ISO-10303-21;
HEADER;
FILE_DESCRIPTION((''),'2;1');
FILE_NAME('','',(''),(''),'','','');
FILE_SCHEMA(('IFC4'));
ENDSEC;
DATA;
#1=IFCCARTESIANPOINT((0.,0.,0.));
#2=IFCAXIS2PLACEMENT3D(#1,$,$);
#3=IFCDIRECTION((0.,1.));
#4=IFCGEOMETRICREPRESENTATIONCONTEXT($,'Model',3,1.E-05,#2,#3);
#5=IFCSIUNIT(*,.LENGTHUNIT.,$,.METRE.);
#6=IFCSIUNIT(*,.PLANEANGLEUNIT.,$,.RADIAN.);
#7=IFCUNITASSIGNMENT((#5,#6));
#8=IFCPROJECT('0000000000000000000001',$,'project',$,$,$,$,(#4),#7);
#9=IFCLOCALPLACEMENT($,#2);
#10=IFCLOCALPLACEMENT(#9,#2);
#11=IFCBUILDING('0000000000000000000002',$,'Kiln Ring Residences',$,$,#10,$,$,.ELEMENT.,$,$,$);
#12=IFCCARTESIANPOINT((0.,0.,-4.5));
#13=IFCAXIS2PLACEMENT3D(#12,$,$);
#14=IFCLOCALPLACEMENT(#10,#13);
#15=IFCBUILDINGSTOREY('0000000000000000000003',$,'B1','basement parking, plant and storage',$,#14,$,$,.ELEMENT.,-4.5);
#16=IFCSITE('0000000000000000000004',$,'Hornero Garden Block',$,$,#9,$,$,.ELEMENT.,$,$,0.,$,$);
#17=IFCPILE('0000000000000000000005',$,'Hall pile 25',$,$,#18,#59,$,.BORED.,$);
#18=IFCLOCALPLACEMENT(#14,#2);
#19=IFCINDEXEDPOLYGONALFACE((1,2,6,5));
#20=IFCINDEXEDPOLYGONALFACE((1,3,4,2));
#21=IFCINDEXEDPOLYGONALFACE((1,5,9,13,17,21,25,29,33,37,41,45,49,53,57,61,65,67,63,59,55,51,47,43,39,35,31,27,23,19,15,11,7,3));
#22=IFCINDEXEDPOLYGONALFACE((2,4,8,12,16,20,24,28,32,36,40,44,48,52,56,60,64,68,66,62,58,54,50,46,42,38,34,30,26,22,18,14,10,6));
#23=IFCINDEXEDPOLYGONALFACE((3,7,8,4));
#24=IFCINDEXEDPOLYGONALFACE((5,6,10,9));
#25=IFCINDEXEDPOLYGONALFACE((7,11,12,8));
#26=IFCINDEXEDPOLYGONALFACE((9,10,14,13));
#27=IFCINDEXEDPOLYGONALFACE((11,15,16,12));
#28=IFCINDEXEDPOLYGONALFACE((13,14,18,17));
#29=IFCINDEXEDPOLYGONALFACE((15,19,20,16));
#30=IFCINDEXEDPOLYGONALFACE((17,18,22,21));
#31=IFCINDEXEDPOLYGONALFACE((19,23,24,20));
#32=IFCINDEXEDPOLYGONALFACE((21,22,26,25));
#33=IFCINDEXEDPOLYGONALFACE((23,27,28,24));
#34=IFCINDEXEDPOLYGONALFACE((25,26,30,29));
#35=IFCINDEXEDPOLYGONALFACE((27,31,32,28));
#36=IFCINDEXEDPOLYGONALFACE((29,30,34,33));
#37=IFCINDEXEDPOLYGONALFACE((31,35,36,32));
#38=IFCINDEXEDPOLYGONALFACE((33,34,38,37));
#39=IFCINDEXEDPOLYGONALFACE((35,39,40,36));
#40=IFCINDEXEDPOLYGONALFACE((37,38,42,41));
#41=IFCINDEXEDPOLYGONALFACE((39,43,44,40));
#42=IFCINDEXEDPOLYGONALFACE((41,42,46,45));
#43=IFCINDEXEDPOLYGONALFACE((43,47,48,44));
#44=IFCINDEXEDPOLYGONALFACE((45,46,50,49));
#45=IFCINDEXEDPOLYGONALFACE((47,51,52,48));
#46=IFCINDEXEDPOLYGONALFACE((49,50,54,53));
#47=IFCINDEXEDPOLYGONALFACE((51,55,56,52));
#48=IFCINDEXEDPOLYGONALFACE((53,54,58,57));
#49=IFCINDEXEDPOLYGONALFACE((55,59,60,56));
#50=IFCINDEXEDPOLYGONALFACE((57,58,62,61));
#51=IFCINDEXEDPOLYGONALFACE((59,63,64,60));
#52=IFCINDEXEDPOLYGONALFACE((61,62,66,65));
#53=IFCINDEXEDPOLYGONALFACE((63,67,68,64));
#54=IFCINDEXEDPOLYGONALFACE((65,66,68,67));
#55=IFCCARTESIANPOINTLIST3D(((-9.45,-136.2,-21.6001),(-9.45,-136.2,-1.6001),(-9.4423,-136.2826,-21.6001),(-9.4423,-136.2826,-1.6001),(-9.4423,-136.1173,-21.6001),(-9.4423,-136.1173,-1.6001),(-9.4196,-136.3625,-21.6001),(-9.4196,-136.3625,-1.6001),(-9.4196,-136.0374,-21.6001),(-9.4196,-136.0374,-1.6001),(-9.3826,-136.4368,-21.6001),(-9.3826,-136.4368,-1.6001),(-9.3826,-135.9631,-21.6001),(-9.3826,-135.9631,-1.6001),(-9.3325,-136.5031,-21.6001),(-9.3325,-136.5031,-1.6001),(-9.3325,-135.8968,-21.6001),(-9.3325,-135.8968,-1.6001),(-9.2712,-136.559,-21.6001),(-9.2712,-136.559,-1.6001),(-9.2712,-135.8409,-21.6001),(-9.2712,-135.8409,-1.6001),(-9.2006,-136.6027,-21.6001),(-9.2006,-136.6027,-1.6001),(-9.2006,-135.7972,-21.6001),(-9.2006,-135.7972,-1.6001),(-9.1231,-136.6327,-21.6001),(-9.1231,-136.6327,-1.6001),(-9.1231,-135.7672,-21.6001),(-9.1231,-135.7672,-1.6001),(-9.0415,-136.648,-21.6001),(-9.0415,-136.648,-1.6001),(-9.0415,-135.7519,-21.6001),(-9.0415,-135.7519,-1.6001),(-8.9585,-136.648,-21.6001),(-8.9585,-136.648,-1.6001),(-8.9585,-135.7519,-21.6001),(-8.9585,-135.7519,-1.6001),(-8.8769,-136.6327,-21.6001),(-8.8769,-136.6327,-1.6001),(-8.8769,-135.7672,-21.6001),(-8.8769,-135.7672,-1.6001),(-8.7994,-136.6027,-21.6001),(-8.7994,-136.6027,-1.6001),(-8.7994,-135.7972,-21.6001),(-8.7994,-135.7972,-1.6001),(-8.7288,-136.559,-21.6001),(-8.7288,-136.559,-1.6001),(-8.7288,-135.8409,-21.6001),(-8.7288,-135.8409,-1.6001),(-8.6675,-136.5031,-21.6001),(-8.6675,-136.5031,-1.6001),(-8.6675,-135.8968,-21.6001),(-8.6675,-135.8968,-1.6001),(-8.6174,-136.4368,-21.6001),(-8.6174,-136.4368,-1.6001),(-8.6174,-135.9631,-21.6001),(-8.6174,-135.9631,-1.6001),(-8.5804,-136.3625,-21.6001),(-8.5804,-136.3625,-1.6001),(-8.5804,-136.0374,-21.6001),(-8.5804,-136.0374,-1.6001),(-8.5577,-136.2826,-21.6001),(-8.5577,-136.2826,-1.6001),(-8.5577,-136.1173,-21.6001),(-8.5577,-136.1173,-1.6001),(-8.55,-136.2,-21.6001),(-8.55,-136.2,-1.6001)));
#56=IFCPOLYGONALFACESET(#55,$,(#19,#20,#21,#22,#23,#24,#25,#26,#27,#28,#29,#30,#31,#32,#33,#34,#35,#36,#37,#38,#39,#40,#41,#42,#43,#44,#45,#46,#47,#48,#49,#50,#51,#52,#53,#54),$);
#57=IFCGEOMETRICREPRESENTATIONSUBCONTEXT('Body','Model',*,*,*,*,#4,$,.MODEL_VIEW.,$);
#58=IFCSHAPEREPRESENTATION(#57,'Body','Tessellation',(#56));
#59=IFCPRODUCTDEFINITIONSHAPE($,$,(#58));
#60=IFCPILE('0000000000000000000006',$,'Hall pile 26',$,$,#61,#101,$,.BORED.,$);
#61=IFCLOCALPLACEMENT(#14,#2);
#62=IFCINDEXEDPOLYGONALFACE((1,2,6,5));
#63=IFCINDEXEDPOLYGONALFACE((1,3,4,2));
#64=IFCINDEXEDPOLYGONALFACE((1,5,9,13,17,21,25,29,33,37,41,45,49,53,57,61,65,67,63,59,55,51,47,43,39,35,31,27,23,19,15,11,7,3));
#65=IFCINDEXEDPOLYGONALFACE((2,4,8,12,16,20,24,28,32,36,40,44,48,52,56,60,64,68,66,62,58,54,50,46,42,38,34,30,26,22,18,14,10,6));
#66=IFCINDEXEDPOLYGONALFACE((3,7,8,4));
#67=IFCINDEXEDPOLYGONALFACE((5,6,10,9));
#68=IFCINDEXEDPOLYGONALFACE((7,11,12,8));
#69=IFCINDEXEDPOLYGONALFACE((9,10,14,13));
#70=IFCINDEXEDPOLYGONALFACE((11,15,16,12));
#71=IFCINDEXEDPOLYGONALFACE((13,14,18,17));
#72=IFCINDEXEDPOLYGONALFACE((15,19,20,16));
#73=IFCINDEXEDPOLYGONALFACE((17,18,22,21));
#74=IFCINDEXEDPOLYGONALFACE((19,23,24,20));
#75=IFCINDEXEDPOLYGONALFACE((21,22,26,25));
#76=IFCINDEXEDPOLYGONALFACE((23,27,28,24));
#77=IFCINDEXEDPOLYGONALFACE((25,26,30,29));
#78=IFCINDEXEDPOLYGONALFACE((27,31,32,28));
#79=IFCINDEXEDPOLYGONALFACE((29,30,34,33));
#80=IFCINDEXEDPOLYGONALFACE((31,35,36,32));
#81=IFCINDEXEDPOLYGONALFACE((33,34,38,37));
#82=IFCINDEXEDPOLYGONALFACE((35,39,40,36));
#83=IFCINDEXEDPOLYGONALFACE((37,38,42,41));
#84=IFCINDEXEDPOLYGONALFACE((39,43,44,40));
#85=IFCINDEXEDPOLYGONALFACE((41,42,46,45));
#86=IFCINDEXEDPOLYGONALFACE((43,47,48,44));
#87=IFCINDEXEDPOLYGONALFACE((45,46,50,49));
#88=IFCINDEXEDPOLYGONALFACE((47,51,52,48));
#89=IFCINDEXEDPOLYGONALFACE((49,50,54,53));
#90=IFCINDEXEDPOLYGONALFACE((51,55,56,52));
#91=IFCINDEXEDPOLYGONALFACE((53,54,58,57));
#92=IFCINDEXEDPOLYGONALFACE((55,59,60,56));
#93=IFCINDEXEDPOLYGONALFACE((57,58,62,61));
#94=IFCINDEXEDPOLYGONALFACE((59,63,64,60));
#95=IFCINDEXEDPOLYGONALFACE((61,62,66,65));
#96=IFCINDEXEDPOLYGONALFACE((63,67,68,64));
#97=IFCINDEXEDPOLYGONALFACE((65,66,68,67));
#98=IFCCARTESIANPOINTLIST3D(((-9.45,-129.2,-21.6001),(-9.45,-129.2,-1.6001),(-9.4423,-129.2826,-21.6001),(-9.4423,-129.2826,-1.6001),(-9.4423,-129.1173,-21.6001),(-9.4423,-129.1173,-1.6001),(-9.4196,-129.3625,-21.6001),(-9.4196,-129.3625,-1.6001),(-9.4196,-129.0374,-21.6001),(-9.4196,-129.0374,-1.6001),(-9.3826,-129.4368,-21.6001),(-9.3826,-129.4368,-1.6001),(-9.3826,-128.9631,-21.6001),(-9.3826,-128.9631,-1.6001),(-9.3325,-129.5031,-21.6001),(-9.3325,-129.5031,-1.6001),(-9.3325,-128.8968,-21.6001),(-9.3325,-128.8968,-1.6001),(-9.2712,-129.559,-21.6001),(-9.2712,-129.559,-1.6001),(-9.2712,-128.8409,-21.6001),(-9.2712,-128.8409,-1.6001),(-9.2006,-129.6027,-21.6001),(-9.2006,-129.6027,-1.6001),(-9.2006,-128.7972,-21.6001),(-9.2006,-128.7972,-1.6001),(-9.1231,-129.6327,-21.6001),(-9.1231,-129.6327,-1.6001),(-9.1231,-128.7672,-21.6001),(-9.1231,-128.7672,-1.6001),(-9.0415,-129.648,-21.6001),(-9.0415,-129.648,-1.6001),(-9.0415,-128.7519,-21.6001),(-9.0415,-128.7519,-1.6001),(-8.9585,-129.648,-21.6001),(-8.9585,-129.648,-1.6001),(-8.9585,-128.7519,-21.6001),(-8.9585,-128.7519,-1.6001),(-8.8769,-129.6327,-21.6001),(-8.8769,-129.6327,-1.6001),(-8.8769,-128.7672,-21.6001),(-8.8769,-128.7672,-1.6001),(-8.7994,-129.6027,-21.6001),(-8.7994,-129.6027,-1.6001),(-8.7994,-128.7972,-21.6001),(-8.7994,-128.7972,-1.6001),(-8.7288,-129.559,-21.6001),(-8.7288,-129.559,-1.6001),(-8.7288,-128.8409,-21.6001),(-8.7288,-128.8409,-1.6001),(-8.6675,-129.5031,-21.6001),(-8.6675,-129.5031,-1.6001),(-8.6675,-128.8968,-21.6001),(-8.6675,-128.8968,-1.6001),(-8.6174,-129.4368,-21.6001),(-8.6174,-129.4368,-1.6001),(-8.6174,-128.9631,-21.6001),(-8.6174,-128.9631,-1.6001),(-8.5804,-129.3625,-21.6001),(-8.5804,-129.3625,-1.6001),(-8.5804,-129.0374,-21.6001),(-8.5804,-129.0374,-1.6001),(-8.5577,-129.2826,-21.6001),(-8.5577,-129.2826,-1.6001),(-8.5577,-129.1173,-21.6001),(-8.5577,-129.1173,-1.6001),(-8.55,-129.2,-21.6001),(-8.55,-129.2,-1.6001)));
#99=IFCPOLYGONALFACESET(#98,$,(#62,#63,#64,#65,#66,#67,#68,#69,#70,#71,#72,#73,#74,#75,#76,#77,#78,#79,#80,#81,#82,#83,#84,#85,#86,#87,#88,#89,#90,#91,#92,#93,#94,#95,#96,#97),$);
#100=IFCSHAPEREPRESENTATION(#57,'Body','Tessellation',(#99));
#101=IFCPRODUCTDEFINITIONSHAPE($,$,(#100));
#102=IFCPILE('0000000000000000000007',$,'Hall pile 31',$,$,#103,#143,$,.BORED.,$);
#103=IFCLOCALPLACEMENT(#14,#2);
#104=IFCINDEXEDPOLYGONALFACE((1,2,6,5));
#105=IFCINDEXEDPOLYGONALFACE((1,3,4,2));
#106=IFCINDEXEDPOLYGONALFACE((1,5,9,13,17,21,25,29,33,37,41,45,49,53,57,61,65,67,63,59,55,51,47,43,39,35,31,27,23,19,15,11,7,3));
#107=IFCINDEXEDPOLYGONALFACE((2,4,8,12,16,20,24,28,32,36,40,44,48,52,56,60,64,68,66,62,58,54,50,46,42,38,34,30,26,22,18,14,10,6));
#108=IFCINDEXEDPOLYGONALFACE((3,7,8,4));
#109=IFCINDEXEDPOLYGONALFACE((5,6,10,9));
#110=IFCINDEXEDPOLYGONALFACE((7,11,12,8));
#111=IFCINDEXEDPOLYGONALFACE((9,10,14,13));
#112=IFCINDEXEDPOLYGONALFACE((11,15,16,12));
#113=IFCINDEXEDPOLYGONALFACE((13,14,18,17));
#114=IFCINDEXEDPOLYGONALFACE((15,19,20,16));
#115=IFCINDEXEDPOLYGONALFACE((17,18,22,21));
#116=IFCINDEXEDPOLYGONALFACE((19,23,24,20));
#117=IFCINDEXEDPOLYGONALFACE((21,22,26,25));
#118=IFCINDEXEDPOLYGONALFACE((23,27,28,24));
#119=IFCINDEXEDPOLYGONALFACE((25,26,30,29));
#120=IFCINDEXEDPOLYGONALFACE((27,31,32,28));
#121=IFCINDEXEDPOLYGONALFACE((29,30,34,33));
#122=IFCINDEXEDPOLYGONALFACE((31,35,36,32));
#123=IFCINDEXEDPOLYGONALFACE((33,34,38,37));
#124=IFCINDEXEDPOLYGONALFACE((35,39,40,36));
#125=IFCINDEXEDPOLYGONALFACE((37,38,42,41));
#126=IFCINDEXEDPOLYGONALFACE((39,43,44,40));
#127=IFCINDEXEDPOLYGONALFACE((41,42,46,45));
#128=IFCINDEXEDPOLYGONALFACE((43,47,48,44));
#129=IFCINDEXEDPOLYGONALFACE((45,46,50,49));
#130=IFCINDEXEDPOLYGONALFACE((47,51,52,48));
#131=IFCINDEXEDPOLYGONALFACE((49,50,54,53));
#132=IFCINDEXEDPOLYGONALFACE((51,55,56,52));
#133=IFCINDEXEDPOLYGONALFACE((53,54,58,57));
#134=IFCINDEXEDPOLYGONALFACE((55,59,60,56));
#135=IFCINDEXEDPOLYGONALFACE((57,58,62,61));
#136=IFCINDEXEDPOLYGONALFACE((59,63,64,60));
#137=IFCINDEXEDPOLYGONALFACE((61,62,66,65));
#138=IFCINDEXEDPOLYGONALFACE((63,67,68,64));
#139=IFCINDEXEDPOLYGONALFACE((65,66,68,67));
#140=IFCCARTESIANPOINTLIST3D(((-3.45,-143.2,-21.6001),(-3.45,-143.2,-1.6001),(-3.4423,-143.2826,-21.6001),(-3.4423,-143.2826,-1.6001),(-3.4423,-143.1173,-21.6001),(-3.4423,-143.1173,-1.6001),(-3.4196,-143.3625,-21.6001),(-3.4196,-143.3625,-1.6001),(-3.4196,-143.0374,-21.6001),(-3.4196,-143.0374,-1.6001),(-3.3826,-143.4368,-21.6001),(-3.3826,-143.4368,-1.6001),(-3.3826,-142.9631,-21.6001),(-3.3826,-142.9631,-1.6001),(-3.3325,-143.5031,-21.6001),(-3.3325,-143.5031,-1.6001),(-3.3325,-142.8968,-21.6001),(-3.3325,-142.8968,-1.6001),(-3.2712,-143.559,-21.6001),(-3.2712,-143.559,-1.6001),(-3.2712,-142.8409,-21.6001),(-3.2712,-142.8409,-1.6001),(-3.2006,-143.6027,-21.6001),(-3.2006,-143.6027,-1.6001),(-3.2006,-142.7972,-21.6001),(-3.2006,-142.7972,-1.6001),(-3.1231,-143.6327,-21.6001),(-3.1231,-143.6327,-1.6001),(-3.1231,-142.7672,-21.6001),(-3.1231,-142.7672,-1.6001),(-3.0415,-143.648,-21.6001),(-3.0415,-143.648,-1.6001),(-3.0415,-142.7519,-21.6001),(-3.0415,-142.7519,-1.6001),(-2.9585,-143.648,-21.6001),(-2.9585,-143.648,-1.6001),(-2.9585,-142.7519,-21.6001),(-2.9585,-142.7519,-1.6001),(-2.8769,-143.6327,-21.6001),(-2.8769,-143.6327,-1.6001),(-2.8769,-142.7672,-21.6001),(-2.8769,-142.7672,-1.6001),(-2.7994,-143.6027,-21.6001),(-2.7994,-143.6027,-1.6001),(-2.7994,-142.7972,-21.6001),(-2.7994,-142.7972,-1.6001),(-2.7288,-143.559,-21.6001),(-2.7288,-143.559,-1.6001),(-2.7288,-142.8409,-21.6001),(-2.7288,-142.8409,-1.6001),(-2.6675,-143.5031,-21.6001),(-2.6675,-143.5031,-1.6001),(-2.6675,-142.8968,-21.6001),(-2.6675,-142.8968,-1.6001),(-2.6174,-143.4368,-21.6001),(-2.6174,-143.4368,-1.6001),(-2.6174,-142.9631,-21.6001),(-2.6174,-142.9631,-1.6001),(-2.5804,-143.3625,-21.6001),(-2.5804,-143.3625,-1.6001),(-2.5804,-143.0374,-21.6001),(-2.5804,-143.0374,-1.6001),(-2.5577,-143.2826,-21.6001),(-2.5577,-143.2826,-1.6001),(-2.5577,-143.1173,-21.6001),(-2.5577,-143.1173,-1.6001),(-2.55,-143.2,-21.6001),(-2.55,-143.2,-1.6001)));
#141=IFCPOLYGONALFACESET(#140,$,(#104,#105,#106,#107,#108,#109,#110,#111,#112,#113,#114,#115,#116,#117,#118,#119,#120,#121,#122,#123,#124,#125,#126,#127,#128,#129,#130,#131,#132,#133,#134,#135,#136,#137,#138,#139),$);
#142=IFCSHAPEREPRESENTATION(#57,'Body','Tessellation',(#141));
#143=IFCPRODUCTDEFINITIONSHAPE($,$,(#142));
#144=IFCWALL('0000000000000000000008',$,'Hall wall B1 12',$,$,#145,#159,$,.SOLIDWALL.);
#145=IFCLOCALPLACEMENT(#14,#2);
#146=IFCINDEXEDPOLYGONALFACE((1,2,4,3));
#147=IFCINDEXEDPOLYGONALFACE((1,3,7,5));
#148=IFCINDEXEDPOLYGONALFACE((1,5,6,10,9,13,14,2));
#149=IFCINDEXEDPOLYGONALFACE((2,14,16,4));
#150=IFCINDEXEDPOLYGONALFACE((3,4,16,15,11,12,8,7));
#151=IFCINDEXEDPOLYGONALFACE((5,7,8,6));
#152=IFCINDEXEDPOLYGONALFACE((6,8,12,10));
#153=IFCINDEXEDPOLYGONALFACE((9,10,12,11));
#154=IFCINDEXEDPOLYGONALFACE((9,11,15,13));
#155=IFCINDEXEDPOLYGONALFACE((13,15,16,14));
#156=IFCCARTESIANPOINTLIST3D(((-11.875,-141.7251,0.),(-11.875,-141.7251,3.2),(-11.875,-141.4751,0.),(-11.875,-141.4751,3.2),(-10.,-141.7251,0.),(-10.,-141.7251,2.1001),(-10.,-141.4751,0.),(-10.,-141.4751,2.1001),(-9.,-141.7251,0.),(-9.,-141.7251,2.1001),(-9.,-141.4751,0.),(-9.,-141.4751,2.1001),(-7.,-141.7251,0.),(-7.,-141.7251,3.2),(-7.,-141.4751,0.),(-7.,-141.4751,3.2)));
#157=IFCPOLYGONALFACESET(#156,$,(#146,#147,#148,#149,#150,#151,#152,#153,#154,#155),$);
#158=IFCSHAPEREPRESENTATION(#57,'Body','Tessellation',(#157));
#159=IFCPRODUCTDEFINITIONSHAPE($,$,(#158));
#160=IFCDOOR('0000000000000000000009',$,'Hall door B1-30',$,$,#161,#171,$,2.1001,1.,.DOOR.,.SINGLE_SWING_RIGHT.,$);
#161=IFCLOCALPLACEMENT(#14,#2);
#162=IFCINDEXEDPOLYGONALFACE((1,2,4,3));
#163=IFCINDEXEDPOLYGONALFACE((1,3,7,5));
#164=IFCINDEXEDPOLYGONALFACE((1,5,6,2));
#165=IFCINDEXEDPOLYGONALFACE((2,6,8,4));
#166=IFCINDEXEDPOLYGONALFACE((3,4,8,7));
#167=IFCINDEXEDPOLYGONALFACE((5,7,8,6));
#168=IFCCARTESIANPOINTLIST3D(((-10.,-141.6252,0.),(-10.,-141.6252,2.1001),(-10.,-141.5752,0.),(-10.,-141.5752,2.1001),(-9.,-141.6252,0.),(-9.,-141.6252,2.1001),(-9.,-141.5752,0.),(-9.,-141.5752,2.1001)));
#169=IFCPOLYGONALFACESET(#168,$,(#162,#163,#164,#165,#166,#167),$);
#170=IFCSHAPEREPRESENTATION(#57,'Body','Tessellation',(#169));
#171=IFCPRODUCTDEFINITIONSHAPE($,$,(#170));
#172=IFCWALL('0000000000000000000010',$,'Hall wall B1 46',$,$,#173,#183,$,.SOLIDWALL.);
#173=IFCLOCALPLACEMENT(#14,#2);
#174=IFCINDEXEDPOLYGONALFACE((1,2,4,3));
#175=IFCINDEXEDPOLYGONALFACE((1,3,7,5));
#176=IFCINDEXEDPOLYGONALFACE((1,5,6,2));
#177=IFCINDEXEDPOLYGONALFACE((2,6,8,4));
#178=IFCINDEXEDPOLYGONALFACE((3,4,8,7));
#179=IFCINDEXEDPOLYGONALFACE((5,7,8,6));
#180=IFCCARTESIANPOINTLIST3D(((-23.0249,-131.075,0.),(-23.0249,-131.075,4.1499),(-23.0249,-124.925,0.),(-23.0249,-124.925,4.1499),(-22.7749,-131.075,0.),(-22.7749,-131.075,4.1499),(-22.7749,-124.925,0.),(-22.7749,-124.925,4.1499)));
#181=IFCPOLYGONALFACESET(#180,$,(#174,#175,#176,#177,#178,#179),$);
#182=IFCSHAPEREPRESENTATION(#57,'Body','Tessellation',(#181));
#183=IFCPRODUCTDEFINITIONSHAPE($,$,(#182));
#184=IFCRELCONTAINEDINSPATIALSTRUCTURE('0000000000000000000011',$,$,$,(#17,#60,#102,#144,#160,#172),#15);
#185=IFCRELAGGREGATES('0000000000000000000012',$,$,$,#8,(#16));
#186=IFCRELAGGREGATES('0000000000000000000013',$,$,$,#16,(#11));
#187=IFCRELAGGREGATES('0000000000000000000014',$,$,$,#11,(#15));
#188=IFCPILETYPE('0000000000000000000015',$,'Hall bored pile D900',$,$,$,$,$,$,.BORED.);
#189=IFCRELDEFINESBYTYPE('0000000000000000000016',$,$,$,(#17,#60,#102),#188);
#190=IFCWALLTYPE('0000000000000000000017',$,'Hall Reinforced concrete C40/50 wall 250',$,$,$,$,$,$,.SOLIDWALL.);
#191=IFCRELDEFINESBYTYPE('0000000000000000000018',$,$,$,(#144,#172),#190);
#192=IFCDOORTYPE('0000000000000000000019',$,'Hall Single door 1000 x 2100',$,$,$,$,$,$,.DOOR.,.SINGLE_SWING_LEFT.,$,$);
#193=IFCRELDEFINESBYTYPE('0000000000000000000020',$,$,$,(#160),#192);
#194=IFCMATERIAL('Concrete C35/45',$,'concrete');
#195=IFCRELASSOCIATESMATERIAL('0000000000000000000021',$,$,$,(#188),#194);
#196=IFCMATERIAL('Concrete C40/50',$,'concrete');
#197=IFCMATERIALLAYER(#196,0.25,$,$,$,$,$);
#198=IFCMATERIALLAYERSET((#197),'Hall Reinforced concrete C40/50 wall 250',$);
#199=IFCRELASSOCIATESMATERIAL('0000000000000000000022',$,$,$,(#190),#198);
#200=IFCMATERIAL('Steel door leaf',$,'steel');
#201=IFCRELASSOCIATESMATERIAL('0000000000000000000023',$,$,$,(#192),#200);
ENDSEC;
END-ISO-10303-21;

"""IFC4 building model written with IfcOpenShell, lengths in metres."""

from ifc_helpers import new_model, si_unit, direction, frame, frame_2d, origin, origin_2d, place, context, subcontext, project, spatial, rectangle, circle, extrude, material, layer, layer_set, material_profile, profile_set, type_object, element, fill, save


model = new_model("IFC4")

# Units and contexts
model_context = context("Model", 3, precision=1e-05, world=origin(), true_north=direction((0.0, 1.0)))
body_context = subcontext(model_context, "Body", "Model", "MODEL_VIEW")
ifc_project = project(units=[si_unit("LENGTHUNIT", "METRE"), si_unit("PLANEANGLEUNIT", "RADIAN")], contexts=[model_context])

# Site, building, storey
site_placement = place(None, origin())
site = spatial("IfcSite", under=ifc_project, at=site_placement, Name="Hornero Garden Block", CompositionType="ELEMENT", RefElevation=0.0)
building_placement = place(site_placement, origin())
building = spatial("IfcBuilding", under=site, at=building_placement, Name="Kiln Ring Residences", CompositionType="ELEMENT")
storey_placement = place(building_placement, frame((0.0, 0.0, -4.5)))
storey = spatial("IfcBuildingStorey", under=building, at=storey_placement, Name="B1", Description="basement parking, plant and storage", CompositionType="ELEMENT", Elevation=-4.5)

# Piles
ifc_material_1 = material(Name="Concrete C35/45", Category="concrete")
ifc_material_profile = material_profile(ifc_material_1, circle(Radius=0.45, at=origin_2d()), Name="Hall bored pile D900")
ifc_profile_set = profile_set([ifc_material_profile], Name="Concrete C35/45")
pile_type = type_object("IfcPileType", Name="Hall bored pile D900", PredefinedType="BORED", material=ifc_profile_set)
for number, where, z_axis, x_axis, name in (
    (1, (-9.0, -136.2, -1.6001), (0.0, 0.0, -1.0), (1.0, 0.0, 0.0), "Hall pile 25"),
    (2, (-9.0, -129.2, -1.6001), (0.0, 0.0, -1.0), (1.0, 0.0, 0.0), "Hall pile 26"),
    (3, (-3.0, -143.2, -1.6001), (0.0, 0.0, -1.0), (1.0, 0.0, 0.0), "Hall pile 31"),
):
    element("IfcPile", number, at=place(storey_placement, frame(where, z_axis=z_axis, x_axis=x_axis)), inside=storey, type_object=pile_type, Name=name, PredefinedType="BORED", context=body_context, shape_type="SweptSolid", body=[
        extrude(circle(Radius=0.45, at=origin_2d()), origin(), (0.0, 0.0, 1.0), 20.0),
    ])

# Wall, opening, door
ifc_material_2 = material(Name="Concrete C40/50", Category="concrete")
ifc_layer_1 = layer(ifc_material_2, 0.25)
ifc_layer_set_1 = layer_set([ifc_layer_1], Name="Hall Reinforced concrete C40/50 wall 250")
wall_type_1 = type_object("IfcWallType", Name="Hall Reinforced concrete C40/50 wall 250", PredefinedType="SOLIDWALL", material=ifc_layer_set_1)
wall_1_placement = place(storey_placement, frame((-11.875, -141.6001, 0.0), z_axis=(0.0, 0.0, 1.0), x_axis=(1.0, 0.0, 0.0)))
wall_1 = element("IfcWall", 4, at=wall_1_placement, inside=storey, type_object=wall_type_1, Name="Hall wall B1 12", PredefinedType="SOLIDWALL", context=body_context, shape_type="SweptSolid", body=[
    extrude(rectangle(XDim=4.875, YDim=0.25, at=frame_2d((2.4375, 0.0))), origin(), (0.0, 0.0, 1.0), 3.2),
])
opening_1_placement = place(wall_1_placement, frame((1.875, 0.0, 0.0)))
opening_1 = element("IfcOpeningElement", 5, at=opening_1_placement, cuts=wall_1, PredefinedType="OPENING", context=body_context, shape_type="SweptSolid", body=[
    extrude(rectangle(XDim=1.0, YDim=2.1001, at=frame_2d((0.5, 1.05))), frame((0.0, 0.135, 0.0), z_axis=(0.0, -1.0, 0.0), x_axis=(1.0, 0.0, 0.0)), (0.0, 0.0, 1.0), 0.27),
])
ifc_material_3 = material(Name="Steel door leaf", Category="steel")
door_type = type_object("IfcDoorType", Name="Hall Single door 1000 x 2100", OperationType="SINGLE_SWING_LEFT", PredefinedType="DOOR", material=ifc_material_3)
door_1_placement = place(opening_1_placement, origin())
door_1 = element("IfcDoor", 6, at=door_1_placement, inside=storey, type_object=door_type, Name="Hall door B1-30", OperationType="SINGLE_SWING_RIGHT", OverallHeight=2.1001, OverallWidth=1.0, PredefinedType="DOOR", context=body_context, shape_type="SweptSolid", body=[
    extrude(rectangle(XDim=1.0, YDim=2.1001, at=frame_2d((0.5, 1.05))), frame((0.0, 0.0249, 0.0), z_axis=(0.0, -1.0, 0.0), x_axis=(1.0, 0.0, 0.0)), (0.0, 0.0, 1.0), 0.05),
])
fill(opening_1, door_1)

# Wall
wall_2_placement = place(storey_placement, frame((-22.8999, -131.075, 0.0), z_axis=(0.0, 0.0, 1.0), x_axis=(0.0, 1.0, 0.0)))
element("IfcWall", 7, at=wall_2_placement, inside=storey, type_object=wall_type_1, Name="Hall wall B1 46", PredefinedType="SOLIDWALL", context=body_context, shape_type="SweptSolid", body=[
    extrude(rectangle(XDim=6.1499, YDim=0.25, at=frame_2d((3.075, 0.0))), origin(), (0.0, 0.0, 1.0), 4.1499),
])

save(model, "model.ifc")
